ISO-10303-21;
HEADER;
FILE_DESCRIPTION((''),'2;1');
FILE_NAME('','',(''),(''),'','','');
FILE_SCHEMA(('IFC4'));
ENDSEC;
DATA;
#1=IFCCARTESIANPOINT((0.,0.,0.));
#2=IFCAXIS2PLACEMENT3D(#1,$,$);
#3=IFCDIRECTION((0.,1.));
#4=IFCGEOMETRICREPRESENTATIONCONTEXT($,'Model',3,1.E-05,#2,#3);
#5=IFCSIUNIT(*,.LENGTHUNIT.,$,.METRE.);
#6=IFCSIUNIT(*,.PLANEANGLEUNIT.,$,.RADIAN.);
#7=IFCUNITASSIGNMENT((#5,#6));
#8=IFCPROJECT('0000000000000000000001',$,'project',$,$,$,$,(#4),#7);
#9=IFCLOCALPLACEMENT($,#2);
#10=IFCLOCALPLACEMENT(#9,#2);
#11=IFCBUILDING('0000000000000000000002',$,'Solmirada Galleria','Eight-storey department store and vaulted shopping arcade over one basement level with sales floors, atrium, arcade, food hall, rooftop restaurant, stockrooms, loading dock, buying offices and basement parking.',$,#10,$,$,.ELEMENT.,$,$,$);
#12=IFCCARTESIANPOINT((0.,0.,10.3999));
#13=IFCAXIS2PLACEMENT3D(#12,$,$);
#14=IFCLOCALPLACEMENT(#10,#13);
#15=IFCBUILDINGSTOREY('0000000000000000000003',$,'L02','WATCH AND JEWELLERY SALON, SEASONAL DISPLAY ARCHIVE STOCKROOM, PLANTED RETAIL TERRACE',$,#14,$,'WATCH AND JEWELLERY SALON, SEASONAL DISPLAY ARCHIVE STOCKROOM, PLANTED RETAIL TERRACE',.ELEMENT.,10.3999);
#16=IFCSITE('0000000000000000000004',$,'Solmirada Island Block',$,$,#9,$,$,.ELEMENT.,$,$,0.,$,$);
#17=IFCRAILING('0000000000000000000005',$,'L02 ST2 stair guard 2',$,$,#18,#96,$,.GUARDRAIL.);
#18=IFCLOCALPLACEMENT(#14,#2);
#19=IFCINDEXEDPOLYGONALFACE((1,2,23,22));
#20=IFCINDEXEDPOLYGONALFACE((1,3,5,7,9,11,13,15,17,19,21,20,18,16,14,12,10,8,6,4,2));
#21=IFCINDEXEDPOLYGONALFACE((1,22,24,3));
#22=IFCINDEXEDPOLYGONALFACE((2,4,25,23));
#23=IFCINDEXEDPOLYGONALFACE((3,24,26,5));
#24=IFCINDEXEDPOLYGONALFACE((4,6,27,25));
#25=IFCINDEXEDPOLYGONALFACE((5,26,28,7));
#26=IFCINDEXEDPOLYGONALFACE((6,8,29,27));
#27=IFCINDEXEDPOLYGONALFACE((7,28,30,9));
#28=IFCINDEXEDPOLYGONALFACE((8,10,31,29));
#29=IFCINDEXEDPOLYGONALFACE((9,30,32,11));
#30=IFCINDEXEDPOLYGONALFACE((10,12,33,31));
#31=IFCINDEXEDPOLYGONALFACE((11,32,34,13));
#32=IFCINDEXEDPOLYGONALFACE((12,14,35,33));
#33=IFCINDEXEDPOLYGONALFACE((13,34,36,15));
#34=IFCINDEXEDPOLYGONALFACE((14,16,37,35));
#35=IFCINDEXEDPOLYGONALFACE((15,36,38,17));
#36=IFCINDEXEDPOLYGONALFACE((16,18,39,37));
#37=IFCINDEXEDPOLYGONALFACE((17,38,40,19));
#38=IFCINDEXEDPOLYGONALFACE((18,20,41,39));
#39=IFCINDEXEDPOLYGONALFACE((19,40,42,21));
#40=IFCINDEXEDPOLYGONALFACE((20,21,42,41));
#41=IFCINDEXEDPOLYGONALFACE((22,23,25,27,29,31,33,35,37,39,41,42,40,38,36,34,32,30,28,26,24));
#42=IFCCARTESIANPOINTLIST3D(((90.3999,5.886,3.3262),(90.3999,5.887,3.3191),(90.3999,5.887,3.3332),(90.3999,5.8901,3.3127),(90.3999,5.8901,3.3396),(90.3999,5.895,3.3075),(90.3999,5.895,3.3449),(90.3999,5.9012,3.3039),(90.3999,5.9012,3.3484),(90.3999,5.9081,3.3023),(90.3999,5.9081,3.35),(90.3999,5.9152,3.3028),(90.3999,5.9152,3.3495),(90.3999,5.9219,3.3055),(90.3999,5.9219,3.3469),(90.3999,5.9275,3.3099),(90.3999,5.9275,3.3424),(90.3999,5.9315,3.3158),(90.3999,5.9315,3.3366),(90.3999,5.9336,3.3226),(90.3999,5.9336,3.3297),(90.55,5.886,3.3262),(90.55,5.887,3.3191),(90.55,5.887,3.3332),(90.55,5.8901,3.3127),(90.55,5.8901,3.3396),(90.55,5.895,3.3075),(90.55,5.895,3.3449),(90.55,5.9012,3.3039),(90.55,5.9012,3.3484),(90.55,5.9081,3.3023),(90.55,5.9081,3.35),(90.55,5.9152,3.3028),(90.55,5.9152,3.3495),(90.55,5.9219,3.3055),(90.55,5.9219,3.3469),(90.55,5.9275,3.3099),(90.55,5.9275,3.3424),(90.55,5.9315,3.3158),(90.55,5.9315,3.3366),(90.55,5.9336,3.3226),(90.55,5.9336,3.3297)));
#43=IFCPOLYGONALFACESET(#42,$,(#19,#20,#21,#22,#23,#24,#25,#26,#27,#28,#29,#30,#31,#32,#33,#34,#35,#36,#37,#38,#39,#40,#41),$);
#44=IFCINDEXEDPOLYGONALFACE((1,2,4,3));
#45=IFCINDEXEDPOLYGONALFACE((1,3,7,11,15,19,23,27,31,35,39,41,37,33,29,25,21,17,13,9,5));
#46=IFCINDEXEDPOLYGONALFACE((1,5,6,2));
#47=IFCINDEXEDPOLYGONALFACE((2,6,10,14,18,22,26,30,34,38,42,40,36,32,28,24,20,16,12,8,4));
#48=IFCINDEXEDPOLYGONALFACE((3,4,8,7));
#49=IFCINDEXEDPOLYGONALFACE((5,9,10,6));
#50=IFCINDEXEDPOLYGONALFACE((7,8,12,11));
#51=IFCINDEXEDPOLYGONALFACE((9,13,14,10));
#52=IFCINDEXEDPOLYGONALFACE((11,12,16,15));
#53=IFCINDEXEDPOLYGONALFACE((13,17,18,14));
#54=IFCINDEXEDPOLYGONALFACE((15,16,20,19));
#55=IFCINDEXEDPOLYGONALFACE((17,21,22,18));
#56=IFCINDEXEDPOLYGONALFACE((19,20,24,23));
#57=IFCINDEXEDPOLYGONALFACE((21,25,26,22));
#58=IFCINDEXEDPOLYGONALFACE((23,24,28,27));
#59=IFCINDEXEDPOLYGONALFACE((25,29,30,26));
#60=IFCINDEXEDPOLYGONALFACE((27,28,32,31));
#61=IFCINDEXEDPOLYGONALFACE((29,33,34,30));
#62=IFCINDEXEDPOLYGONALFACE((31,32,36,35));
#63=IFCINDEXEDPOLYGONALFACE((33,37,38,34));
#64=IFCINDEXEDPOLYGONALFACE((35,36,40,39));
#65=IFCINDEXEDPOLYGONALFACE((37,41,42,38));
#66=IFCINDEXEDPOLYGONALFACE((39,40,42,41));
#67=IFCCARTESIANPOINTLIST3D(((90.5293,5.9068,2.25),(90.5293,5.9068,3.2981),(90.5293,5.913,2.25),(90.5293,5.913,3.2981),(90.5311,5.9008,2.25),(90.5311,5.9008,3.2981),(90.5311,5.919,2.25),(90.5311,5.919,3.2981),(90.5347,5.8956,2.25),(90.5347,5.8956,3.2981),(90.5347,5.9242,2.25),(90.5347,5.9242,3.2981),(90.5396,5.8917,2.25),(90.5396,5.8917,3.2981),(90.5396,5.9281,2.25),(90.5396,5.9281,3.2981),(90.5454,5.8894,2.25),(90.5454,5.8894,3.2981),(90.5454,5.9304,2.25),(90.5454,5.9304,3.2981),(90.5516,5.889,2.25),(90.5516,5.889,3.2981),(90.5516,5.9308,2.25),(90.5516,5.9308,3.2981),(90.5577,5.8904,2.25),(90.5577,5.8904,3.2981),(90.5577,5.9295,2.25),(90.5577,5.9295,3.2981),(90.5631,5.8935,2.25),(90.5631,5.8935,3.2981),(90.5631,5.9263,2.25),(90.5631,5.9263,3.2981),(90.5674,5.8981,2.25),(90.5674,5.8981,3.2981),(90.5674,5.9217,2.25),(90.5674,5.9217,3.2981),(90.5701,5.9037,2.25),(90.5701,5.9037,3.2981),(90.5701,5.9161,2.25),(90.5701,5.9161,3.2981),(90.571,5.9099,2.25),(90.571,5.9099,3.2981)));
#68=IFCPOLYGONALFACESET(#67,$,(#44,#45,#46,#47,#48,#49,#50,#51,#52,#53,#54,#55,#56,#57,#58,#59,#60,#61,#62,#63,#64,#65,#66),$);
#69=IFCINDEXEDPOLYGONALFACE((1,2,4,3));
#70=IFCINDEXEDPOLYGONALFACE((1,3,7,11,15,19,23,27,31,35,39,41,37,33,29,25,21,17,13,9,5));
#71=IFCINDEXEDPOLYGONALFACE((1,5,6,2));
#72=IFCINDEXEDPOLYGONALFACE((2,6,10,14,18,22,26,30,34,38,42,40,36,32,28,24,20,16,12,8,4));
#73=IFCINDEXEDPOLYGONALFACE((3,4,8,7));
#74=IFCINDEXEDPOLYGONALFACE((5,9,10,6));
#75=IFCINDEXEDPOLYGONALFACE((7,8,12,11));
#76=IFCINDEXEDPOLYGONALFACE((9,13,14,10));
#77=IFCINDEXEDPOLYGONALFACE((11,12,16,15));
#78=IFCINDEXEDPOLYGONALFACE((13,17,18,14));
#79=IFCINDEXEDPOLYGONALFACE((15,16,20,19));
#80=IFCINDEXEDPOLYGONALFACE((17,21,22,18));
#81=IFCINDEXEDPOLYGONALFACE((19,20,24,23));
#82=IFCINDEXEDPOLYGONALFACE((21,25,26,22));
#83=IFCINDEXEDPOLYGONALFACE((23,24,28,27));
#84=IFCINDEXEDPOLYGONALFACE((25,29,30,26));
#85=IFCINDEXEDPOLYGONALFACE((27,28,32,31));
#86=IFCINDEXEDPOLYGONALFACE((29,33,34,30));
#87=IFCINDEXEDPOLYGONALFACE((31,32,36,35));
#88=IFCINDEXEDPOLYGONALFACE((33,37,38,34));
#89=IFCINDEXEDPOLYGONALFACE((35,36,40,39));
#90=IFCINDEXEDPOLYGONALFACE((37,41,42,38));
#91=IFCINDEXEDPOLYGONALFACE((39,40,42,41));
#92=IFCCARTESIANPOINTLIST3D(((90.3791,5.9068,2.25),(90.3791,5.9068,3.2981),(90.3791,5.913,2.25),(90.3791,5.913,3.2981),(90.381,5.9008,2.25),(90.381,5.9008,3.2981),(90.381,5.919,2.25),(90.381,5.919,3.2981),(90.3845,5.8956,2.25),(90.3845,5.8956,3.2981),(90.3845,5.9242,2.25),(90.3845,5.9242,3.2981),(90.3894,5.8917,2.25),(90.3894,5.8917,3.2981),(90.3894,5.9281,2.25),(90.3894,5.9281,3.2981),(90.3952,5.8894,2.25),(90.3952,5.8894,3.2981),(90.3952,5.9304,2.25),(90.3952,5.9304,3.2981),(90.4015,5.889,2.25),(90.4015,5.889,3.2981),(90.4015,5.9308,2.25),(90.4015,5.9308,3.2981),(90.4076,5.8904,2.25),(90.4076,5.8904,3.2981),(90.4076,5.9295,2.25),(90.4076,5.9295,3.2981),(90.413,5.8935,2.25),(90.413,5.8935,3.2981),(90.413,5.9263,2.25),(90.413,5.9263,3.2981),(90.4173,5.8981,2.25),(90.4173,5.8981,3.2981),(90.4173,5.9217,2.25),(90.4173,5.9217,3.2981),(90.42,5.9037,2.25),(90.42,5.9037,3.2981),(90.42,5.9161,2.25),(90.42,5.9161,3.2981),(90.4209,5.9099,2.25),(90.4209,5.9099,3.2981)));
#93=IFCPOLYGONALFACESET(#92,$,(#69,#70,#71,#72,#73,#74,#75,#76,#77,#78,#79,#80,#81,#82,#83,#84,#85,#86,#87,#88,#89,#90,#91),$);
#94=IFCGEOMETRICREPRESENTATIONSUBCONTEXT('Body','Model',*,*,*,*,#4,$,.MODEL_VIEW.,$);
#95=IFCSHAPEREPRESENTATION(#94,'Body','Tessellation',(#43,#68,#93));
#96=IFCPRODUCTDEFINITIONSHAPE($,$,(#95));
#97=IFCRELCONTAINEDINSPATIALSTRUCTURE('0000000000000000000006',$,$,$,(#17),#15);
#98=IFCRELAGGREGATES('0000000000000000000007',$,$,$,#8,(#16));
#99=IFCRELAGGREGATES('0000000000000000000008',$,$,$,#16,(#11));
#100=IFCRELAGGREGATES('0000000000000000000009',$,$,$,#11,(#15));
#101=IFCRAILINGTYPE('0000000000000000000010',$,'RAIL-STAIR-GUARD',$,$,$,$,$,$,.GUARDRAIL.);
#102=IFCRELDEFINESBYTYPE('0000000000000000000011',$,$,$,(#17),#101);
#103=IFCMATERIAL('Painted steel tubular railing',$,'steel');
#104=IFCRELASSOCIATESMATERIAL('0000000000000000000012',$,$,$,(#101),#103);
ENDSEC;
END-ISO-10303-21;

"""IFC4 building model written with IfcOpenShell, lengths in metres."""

from ifc_helpers import new_model, si_unit, direction, frame, origin, origin_2d, place, context, subcontext, project, spatial, circle, extrude, material, type_object, element, save


model = new_model("IFC4")

# Units and contexts
model_context = context("Model", 3, precision=1e-05, world=origin(), true_north=direction((0.0, 1.0)))
body_context = subcontext(model_context, "Body", "Model", "MODEL_VIEW")
ifc_project = project(units=[si_unit("LENGTHUNIT", "METRE"), si_unit("PLANEANGLEUNIT", "RADIAN")], contexts=[model_context])

# Site, building, storey
site_placement = place(None, origin())
site = spatial("IfcSite", under=ifc_project, at=site_placement, Name="Solmirada Island Block", CompositionType="ELEMENT", RefElevation=0.0)
building_placement = place(site_placement, origin())
building = spatial("IfcBuilding", under=site, at=building_placement, Name="Solmirada Galleria", Description="Eight-storey department store and vaulted shopping arcade over one basement level with sales floors, atrium, arcade, food hall, rooftop restaurant, stockrooms, loading dock, buying offices and basement parking.", CompositionType="ELEMENT")
storey_placement = place(building_placement, frame((0.0, 0.0, 10.3999)))
storey = spatial("IfcBuildingStorey", under=building, at=storey_placement, Name="L02", Description="WATCH AND JEWELLERY SALON, SEASONAL DISPLAY ARCHIVE STOCKROOM, PLANTED RETAIL TERRACE", LongName="WATCH AND JEWELLERY SALON, SEASONAL DISPLAY ARCHIVE STOCKROOM, PLANTED RETAIL TERRACE", CompositionType="ELEMENT", Elevation=10.3999)

# Railing
ifc_material_1 = material(Name="Painted steel tubular railing", Category="steel")
railing_type_1 = type_object("IfcRailingType", Name="RAIL-STAIR-GUARD", PredefinedType="GUARDRAIL", material=ifc_material_1)
railing_1_placement = place(storey_placement, frame((90.55, 5.9099, 2.25)))
element("IfcRailing", 1, at=railing_1_placement, inside=storey, type_object=railing_type_1, Name="L02 ST2 stair guard 2", PredefinedType="GUARDRAIL", context=body_context, shape_type="SweptSolid", body=[
    extrude(circle(Radius=0.0239, at=origin_2d()), frame((0.0, 0.0, 1.0762), z_axis=(-1.0, 0.0, 0.0), x_axis=(0.0, -1.0, 0.0)), (0.0, 0.0, 1.0), 0.1501),
    extrude(circle(Radius=0.021, at=origin_2d()), origin(), (0.0, 0.0, 1.0), 1.0481),
    extrude(circle(Radius=0.021, at=origin_2d()), frame((-0.1501, 0.0, 0.0)), (0.0, 0.0, 1.0), 1.0481),
])

save(model, "model.ifc")
